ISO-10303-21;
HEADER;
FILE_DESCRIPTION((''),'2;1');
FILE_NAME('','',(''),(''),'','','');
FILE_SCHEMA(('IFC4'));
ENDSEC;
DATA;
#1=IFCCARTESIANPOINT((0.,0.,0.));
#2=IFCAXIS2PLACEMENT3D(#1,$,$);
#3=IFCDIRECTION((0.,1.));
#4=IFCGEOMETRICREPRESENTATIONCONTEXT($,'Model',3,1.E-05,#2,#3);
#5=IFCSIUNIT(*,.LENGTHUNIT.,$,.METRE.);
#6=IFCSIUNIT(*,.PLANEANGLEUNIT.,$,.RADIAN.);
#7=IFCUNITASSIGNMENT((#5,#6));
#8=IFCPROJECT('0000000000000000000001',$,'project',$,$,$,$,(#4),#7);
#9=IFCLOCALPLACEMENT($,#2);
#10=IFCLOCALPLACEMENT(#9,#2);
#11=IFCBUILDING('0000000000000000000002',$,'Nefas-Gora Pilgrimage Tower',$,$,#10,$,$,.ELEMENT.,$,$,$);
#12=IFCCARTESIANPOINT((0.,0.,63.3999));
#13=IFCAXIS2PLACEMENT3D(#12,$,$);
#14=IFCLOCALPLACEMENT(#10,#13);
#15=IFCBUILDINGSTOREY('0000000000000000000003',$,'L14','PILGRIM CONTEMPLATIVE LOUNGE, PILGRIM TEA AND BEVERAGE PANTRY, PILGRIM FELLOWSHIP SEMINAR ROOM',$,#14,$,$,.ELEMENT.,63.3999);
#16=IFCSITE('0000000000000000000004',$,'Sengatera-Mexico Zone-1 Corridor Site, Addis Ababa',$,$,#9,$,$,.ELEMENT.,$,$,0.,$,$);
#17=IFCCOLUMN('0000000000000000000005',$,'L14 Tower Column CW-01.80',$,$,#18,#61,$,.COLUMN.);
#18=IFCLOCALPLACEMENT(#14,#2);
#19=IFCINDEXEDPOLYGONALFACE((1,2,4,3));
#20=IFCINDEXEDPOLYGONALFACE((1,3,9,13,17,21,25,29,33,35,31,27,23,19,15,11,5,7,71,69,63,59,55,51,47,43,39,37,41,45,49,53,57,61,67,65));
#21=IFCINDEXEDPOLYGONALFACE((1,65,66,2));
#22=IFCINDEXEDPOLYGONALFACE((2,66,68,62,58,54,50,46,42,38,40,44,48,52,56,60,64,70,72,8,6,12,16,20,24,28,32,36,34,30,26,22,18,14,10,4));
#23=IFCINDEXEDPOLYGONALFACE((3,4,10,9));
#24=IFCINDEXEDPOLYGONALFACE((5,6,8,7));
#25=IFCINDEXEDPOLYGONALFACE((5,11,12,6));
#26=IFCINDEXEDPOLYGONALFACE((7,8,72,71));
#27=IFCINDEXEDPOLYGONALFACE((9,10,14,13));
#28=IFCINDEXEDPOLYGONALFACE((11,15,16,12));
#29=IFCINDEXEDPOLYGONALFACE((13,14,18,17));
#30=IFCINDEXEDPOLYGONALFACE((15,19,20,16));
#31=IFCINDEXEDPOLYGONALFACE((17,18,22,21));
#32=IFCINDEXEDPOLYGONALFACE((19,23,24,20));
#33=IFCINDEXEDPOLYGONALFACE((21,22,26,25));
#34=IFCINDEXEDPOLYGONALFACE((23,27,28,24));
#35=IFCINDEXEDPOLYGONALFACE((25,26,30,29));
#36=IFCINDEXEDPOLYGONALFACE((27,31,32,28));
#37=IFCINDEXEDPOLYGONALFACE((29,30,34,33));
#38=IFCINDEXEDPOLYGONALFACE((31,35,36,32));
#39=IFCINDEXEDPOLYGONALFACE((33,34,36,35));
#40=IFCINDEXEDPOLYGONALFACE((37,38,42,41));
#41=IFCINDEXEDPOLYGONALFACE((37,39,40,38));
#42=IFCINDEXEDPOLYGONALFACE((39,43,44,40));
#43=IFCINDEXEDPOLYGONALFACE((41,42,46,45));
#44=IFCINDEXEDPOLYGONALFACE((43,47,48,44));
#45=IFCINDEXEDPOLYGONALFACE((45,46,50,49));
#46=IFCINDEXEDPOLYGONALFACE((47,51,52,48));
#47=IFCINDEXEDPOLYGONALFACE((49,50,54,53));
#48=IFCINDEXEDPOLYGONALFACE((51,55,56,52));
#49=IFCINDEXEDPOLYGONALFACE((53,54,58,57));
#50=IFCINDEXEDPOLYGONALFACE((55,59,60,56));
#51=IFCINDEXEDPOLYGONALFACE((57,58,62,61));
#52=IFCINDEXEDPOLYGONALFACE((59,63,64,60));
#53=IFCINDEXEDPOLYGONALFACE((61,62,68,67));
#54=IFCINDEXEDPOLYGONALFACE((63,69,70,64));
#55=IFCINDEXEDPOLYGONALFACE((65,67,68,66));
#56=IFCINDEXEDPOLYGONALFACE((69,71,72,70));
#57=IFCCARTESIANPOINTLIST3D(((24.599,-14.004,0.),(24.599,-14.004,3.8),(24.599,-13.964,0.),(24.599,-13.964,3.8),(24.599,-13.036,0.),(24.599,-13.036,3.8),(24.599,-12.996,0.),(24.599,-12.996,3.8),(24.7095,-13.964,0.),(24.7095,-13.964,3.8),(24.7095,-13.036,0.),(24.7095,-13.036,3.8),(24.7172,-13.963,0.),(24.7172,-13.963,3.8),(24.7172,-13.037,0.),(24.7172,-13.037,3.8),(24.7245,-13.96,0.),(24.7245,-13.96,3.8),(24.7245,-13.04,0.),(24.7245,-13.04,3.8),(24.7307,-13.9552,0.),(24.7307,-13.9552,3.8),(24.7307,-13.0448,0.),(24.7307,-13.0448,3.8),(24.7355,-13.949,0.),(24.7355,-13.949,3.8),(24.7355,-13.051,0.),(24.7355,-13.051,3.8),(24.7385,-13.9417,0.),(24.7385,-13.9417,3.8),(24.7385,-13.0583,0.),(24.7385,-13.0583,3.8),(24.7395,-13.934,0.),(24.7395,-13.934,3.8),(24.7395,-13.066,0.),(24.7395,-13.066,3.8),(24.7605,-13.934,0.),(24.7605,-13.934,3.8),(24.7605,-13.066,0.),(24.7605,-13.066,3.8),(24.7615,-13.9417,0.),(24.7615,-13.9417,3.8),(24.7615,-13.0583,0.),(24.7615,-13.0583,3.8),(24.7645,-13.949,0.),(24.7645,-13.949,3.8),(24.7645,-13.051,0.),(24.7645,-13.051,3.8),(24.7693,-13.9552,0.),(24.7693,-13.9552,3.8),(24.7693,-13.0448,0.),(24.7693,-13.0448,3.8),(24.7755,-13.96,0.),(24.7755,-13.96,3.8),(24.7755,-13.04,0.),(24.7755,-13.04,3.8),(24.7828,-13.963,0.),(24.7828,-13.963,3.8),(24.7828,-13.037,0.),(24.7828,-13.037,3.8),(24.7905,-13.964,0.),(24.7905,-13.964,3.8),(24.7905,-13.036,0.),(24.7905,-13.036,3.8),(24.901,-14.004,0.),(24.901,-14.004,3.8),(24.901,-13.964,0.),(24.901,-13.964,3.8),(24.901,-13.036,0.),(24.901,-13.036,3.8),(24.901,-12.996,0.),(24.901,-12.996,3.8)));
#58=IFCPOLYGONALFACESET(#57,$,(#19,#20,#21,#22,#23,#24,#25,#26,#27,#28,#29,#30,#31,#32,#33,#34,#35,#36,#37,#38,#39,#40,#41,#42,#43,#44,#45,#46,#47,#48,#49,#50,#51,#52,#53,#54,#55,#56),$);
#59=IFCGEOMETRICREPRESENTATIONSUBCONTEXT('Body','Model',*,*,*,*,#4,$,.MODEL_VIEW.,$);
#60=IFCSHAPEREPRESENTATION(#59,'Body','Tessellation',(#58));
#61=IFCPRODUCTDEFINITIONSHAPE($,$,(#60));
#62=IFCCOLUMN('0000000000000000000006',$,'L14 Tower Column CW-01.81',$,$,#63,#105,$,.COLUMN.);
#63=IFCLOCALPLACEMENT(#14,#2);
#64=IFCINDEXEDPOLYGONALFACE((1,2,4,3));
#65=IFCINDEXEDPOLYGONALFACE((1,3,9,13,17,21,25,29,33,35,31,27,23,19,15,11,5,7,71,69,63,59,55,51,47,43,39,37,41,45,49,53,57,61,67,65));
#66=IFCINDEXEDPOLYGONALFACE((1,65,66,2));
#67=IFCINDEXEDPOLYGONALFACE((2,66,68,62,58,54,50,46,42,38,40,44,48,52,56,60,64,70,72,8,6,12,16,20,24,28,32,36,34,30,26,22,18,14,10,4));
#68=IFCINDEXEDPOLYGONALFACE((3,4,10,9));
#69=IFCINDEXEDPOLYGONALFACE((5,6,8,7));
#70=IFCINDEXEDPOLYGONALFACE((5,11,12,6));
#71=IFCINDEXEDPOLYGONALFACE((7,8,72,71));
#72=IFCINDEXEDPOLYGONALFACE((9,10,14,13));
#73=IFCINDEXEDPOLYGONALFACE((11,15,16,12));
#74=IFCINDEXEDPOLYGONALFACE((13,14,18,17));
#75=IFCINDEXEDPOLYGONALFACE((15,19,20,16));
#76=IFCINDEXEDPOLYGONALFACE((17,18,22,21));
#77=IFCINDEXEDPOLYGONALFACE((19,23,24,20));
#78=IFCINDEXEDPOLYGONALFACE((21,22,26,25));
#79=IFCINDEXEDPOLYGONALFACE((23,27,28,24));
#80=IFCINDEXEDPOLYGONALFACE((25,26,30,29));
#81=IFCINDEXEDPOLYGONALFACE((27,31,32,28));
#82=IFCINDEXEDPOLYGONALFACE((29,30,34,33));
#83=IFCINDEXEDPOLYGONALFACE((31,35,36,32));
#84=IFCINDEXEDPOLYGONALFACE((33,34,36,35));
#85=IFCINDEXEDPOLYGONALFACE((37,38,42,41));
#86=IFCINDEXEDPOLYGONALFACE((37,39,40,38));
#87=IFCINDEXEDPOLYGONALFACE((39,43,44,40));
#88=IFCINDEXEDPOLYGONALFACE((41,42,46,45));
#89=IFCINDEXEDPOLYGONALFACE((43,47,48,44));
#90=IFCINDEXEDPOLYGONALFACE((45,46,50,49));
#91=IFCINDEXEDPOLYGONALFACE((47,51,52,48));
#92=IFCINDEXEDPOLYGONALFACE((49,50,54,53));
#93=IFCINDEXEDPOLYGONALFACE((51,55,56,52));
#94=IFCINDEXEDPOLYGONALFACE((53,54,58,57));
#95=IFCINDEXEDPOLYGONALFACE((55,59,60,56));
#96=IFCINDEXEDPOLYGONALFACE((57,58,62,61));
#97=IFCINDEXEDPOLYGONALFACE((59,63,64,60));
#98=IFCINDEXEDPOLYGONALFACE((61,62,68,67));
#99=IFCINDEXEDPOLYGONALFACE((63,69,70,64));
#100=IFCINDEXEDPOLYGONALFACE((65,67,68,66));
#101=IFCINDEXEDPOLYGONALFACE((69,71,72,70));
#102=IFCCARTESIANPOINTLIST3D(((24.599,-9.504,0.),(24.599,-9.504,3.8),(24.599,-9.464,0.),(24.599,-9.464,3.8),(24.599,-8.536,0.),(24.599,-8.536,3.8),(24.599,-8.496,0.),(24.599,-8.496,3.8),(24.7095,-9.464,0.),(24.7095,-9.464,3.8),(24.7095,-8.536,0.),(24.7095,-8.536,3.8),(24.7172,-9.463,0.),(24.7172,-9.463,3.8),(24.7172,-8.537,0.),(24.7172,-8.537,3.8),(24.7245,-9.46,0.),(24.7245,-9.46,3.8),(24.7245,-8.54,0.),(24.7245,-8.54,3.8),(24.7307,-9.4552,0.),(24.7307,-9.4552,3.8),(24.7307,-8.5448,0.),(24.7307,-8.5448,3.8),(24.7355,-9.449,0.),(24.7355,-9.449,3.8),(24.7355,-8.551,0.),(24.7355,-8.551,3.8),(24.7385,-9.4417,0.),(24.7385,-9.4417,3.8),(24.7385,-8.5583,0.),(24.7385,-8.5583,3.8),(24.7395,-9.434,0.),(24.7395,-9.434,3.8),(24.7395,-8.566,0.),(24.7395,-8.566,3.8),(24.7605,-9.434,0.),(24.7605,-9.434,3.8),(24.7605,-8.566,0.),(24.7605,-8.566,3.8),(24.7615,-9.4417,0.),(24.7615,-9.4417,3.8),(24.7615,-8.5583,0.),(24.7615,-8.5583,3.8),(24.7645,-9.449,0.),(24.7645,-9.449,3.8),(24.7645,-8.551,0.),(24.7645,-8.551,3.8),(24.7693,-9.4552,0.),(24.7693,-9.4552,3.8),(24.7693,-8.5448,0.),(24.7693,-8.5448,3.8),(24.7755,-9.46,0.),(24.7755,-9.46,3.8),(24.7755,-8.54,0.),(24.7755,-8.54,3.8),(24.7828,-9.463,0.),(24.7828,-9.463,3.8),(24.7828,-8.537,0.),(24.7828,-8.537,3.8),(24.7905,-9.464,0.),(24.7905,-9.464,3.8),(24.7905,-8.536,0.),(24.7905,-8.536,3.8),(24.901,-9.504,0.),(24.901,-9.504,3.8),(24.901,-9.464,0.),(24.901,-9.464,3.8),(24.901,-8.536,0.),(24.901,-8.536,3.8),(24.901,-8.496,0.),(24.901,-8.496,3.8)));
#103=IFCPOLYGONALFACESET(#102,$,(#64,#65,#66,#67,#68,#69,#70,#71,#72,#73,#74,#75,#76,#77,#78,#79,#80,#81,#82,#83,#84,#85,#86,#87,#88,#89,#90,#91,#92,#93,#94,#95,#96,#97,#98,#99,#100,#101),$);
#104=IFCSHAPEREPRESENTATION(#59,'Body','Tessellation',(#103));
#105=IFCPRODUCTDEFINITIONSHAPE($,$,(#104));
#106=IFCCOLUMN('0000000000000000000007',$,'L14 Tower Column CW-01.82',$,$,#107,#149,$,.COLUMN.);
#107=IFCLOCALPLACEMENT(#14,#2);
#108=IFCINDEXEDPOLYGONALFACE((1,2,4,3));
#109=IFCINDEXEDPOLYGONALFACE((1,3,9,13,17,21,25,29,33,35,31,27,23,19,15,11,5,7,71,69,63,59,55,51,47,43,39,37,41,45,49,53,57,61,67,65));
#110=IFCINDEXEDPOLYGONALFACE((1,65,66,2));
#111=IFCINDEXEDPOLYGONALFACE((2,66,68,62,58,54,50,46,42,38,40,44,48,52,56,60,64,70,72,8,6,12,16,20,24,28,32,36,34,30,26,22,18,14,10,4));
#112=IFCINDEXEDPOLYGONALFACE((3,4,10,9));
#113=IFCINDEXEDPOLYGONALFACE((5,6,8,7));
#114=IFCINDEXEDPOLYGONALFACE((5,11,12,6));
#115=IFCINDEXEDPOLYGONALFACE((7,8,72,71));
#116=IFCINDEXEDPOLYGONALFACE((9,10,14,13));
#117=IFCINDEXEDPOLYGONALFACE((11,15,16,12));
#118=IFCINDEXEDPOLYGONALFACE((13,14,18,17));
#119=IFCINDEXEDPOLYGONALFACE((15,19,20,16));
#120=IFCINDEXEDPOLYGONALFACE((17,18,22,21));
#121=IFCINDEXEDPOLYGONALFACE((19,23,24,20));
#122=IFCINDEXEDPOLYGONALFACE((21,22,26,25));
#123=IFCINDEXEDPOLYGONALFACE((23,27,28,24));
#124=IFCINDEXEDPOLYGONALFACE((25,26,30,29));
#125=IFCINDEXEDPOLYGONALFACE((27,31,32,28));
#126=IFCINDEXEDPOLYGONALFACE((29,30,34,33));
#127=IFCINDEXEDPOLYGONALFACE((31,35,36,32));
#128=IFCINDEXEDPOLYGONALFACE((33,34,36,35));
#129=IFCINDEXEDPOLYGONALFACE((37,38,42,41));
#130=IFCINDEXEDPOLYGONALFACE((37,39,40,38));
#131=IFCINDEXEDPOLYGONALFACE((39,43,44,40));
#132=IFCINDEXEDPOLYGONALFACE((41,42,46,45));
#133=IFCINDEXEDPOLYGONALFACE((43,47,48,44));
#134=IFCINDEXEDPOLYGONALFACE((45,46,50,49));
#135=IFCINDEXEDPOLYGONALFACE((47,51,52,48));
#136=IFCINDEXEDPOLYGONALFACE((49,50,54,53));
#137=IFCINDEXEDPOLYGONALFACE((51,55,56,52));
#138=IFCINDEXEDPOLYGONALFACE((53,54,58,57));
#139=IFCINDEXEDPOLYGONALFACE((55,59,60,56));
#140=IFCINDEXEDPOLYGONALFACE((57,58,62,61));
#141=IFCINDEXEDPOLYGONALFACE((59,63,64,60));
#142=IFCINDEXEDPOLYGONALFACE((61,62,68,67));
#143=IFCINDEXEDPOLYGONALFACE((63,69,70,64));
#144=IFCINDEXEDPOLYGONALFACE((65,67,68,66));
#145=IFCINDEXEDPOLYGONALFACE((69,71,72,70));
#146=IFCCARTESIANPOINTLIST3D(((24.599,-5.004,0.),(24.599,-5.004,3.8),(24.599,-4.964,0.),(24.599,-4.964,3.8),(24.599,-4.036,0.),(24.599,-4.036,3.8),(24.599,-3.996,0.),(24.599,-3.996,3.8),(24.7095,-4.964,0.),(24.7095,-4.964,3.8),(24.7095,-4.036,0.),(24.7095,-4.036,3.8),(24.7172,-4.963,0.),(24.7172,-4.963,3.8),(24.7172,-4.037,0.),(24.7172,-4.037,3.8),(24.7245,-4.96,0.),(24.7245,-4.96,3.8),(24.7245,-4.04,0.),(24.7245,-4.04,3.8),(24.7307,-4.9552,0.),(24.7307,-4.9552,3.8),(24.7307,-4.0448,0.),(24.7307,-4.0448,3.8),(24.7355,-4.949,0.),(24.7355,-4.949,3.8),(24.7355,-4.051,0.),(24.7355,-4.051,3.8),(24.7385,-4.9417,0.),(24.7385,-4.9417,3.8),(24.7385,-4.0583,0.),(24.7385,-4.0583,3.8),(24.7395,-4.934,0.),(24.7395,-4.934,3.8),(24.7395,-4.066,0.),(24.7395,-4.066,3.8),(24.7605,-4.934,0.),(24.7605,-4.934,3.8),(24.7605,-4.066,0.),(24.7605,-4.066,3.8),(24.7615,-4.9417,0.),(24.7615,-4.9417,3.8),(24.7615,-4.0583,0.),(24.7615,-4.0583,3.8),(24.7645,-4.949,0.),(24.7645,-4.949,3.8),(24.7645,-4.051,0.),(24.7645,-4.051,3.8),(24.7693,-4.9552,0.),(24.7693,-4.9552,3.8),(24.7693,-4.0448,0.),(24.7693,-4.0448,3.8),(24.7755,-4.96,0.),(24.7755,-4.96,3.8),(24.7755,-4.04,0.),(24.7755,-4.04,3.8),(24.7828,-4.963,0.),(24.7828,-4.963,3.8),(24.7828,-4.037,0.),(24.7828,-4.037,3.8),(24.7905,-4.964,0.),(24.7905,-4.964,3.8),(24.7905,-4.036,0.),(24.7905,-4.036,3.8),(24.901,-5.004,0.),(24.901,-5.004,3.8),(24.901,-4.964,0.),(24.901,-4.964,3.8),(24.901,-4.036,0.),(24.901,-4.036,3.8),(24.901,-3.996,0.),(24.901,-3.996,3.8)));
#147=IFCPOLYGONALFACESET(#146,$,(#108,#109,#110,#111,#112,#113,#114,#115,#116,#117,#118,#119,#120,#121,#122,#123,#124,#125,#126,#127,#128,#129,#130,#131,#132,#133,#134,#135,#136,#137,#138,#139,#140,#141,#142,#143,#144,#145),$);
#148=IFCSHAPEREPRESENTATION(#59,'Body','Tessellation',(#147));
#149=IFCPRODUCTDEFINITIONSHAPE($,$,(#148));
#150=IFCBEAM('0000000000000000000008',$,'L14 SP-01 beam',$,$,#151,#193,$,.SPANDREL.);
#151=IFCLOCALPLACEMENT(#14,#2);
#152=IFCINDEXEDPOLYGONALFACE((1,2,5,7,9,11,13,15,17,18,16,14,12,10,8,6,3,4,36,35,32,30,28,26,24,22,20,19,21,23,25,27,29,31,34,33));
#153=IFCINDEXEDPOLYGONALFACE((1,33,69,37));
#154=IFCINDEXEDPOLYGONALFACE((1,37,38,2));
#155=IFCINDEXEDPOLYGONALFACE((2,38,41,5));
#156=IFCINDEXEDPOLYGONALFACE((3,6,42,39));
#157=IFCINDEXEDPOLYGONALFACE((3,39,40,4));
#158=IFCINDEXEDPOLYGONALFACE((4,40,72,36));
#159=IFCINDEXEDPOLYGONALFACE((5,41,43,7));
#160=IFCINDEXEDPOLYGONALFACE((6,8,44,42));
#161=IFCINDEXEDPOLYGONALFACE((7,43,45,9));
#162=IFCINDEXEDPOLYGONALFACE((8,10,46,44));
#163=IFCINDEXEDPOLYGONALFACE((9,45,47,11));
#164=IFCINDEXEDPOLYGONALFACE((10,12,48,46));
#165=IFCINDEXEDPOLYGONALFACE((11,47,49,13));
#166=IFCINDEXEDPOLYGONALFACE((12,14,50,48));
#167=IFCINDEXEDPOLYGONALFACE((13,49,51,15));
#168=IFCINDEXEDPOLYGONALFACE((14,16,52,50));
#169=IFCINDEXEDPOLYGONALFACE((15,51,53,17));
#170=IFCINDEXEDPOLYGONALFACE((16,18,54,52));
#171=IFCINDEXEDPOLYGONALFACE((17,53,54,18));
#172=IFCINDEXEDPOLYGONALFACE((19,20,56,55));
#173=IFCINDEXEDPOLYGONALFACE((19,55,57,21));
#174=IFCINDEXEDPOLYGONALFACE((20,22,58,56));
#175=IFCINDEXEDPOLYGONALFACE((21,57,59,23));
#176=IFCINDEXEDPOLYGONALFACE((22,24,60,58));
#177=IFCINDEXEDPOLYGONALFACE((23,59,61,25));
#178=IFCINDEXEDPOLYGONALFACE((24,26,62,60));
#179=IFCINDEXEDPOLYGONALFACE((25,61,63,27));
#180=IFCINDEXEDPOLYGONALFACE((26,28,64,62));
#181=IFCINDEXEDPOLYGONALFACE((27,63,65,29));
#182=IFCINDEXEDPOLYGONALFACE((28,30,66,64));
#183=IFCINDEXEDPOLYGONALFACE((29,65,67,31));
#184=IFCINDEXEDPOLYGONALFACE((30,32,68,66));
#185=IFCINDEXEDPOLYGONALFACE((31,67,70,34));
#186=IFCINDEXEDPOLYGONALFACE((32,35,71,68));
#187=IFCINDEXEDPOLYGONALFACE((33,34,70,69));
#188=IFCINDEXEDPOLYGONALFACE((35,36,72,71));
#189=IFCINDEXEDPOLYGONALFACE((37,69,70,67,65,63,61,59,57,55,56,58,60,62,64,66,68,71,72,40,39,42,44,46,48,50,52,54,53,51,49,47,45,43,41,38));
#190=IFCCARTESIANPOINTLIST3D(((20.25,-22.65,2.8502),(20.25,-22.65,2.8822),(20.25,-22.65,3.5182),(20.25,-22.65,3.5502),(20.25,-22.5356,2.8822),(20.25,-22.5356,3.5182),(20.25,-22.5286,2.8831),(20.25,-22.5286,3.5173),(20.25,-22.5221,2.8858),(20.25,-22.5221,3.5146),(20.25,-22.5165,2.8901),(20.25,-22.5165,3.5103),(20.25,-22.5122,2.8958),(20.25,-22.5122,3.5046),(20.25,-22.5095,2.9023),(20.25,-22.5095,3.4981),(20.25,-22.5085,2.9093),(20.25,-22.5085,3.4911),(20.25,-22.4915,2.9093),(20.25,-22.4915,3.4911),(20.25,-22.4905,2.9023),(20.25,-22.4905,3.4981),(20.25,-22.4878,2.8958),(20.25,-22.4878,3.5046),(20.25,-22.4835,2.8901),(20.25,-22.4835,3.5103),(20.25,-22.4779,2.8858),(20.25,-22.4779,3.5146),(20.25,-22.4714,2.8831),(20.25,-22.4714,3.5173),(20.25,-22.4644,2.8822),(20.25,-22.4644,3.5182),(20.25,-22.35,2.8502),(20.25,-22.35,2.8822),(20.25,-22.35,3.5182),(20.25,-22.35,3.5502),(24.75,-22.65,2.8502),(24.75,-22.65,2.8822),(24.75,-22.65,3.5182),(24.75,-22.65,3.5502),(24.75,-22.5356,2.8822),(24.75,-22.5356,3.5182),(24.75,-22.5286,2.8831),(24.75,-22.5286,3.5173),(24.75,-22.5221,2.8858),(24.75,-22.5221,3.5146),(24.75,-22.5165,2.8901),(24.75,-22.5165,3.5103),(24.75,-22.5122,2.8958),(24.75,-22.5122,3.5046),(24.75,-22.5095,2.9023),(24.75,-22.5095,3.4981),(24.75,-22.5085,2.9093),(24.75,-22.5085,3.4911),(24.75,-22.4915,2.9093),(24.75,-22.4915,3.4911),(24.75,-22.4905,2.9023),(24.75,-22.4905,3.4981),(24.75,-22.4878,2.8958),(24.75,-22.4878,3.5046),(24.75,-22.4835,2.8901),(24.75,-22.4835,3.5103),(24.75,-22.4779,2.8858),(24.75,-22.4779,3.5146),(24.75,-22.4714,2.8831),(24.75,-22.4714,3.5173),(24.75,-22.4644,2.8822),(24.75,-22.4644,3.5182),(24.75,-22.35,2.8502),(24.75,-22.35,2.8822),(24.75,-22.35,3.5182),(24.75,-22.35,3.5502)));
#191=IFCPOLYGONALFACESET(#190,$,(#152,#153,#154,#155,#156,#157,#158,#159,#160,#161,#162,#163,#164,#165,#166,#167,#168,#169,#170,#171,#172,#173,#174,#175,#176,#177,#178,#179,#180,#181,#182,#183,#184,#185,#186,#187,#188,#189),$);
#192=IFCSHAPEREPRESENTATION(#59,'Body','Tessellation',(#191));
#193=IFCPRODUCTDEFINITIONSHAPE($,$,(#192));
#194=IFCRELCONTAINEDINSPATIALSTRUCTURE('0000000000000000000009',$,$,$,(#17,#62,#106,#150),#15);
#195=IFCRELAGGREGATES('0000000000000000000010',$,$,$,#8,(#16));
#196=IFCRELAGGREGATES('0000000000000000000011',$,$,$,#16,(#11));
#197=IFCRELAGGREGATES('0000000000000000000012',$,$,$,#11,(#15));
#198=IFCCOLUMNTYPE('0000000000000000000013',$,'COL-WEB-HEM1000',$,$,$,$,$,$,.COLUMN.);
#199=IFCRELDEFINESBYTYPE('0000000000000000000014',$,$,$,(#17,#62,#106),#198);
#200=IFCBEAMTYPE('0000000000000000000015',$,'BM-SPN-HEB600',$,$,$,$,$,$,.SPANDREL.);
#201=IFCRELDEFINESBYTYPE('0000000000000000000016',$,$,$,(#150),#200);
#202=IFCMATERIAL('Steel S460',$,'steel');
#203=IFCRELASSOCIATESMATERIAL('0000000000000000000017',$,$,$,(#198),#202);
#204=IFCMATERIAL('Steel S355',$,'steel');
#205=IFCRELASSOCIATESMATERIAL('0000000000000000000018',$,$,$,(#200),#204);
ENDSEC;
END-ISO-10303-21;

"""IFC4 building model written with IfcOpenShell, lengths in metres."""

from ifc_helpers import new_model, si_unit, direction, frame, origin, origin_2d, place, context, subcontext, project, spatial, i_section, extrude, source, transform, mapped, material, material_profile, profile_set, type_object, element, save


model = new_model("IFC4")

# Units and contexts
model_context = context("Model", 3, precision=1e-05, world=origin(), true_north=direction((0.0, 1.0)))
body_context = subcontext(model_context, "Body", "Model", "MODEL_VIEW")
ifc_project = project(units=[si_unit("LENGTHUNIT", "METRE"), si_unit("PLANEANGLEUNIT", "RADIAN")], contexts=[model_context])

# Site, building, storey
site_placement = place(None, origin())
site = spatial("IfcSite", under=ifc_project, at=site_placement, Name="Sengatera-Mexico Zone-1 Corridor Site, Addis Ababa", CompositionType="ELEMENT", RefElevation=0.0)
building_placement = place(site_placement, origin())
building = spatial("IfcBuilding", under=site, at=building_placement, Name="Nefas-Gora Pilgrimage Tower", CompositionType="ELEMENT")
storey_placement = place(building_placement, frame((0.0, 0.0, 63.3999)))
storey = spatial("IfcBuildingStorey", under=building, at=storey_placement, Name="L14", Description="PILGRIM CONTEMPLATIVE LOUNGE, PILGRIM TEA AND BEVERAGE PANTRY, PILGRIM FELLOWSHIP SEMINAR ROOM", CompositionType="ELEMENT", Elevation=63.3999)

# Columns
ifc_material_1 = material(Name="Steel S460", Category="steel")
ifc_material_profile_1 = material_profile(ifc_material_1, i_section(OverallWidth=0.302, OverallDepth=1.0081, WebThickness=0.021, FlangeThickness=0.04, FilletRadius=0.03, at=origin_2d()), Name="HEM 1000")
ifc_profile_set_1 = profile_set([ifc_material_profile_1], Name="Steel S460")
column_type_1 = type_object("IfcColumnType", Name="COL-WEB-HEM1000", PredefinedType="COLUMN", material=ifc_profile_set_1)
shared_shape_1 = source(origin(), body_context, "Body", "SweptSolid", [
    extrude(i_section(OverallWidth=0.302, OverallDepth=1.0081, WebThickness=0.021, FlangeThickness=0.04, FilletRadius=0.03, at=origin_2d()), origin(), (0.0, 0.0, 1.0), 3.8),
])
for number, where, z_axis, x_axis, name in (
    (1, (24.75, -13.5, 0.0), (0.0, 0.0, 1.0), (1.0, 0.0, 0.0), "L14 Tower Column CW-01.80"),
    (2, (24.75, -9.0, 0.0), (0.0, 0.0, 1.0), (1.0, 0.0, 0.0), "L14 Tower Column CW-01.81"),
    (3, (24.75, -4.5, 0.0), (0.0, 0.0, 1.0), (1.0, 0.0, 0.0), "L14 Tower Column CW-01.82"),
):
    element("IfcColumn", number, at=place(storey_placement, frame(where, z_axis=z_axis, x_axis=x_axis)), inside=storey, type_object=column_type_1, Name=name, PredefinedType="COLUMN", context=body_context, shape_type="MappedRepresentation", body=[
        mapped(shared_shape_1, transform((0.0, 0.0, 0.0), x_axis=(1.0, 0.0, 0.0), y_axis=(0.0, 1.0, 0.0), z_axis=(0.0, 0.0, 1.0), scale=1.0)),
    ])

# Beam
ifc_material_2 = material(Name="Steel S355", Category="steel")
ifc_material_profile_2 = material_profile(ifc_material_2, i_section(OverallWidth=0.3, OverallDepth=0.7, WebThickness=0.0171, FlangeThickness=0.032, FilletRadius=0.0271, at=origin_2d()), Name="HEB 700")
ifc_profile_set_2 = profile_set([ifc_material_profile_2], Name="Steel S355")
beam_type_1 = type_object("IfcBeamType", Name="BM-SPN-HEB600", PredefinedType="SPANDREL", material=ifc_profile_set_2)
shared_shape_2 = source(origin(), body_context, "Body", "SweptSolid", [
    extrude(i_section(OverallWidth=0.3, OverallDepth=0.7, WebThickness=0.0171, FlangeThickness=0.032, FilletRadius=0.0271, at=origin_2d()), origin(), (0.0, 0.0, 1.0), 4.5),
])
for number, where, z_axis, x_axis, name in (
    (4, (20.25, -22.5, 3.2002), (1.0, 0.0, 0.0), (0.0, 1.0, 0.0), "L14 SP-01 beam"),
):
    element("IfcBeam", number, at=place(storey_placement, frame(where, z_axis=z_axis, x_axis=x_axis)), inside=storey, type_object=beam_type_1, Name=name, PredefinedType="SPANDREL", context=body_context, shape_type="MappedRepresentation", body=[
        mapped(shared_shape_2, transform((0.0, 0.0, 0.0), x_axis=(1.0, 0.0, 0.0), y_axis=(0.0, 1.0, 0.0), z_axis=(0.0, 0.0, 1.0), scale=1.0)),
    ])

save(model, "model.ifc")
